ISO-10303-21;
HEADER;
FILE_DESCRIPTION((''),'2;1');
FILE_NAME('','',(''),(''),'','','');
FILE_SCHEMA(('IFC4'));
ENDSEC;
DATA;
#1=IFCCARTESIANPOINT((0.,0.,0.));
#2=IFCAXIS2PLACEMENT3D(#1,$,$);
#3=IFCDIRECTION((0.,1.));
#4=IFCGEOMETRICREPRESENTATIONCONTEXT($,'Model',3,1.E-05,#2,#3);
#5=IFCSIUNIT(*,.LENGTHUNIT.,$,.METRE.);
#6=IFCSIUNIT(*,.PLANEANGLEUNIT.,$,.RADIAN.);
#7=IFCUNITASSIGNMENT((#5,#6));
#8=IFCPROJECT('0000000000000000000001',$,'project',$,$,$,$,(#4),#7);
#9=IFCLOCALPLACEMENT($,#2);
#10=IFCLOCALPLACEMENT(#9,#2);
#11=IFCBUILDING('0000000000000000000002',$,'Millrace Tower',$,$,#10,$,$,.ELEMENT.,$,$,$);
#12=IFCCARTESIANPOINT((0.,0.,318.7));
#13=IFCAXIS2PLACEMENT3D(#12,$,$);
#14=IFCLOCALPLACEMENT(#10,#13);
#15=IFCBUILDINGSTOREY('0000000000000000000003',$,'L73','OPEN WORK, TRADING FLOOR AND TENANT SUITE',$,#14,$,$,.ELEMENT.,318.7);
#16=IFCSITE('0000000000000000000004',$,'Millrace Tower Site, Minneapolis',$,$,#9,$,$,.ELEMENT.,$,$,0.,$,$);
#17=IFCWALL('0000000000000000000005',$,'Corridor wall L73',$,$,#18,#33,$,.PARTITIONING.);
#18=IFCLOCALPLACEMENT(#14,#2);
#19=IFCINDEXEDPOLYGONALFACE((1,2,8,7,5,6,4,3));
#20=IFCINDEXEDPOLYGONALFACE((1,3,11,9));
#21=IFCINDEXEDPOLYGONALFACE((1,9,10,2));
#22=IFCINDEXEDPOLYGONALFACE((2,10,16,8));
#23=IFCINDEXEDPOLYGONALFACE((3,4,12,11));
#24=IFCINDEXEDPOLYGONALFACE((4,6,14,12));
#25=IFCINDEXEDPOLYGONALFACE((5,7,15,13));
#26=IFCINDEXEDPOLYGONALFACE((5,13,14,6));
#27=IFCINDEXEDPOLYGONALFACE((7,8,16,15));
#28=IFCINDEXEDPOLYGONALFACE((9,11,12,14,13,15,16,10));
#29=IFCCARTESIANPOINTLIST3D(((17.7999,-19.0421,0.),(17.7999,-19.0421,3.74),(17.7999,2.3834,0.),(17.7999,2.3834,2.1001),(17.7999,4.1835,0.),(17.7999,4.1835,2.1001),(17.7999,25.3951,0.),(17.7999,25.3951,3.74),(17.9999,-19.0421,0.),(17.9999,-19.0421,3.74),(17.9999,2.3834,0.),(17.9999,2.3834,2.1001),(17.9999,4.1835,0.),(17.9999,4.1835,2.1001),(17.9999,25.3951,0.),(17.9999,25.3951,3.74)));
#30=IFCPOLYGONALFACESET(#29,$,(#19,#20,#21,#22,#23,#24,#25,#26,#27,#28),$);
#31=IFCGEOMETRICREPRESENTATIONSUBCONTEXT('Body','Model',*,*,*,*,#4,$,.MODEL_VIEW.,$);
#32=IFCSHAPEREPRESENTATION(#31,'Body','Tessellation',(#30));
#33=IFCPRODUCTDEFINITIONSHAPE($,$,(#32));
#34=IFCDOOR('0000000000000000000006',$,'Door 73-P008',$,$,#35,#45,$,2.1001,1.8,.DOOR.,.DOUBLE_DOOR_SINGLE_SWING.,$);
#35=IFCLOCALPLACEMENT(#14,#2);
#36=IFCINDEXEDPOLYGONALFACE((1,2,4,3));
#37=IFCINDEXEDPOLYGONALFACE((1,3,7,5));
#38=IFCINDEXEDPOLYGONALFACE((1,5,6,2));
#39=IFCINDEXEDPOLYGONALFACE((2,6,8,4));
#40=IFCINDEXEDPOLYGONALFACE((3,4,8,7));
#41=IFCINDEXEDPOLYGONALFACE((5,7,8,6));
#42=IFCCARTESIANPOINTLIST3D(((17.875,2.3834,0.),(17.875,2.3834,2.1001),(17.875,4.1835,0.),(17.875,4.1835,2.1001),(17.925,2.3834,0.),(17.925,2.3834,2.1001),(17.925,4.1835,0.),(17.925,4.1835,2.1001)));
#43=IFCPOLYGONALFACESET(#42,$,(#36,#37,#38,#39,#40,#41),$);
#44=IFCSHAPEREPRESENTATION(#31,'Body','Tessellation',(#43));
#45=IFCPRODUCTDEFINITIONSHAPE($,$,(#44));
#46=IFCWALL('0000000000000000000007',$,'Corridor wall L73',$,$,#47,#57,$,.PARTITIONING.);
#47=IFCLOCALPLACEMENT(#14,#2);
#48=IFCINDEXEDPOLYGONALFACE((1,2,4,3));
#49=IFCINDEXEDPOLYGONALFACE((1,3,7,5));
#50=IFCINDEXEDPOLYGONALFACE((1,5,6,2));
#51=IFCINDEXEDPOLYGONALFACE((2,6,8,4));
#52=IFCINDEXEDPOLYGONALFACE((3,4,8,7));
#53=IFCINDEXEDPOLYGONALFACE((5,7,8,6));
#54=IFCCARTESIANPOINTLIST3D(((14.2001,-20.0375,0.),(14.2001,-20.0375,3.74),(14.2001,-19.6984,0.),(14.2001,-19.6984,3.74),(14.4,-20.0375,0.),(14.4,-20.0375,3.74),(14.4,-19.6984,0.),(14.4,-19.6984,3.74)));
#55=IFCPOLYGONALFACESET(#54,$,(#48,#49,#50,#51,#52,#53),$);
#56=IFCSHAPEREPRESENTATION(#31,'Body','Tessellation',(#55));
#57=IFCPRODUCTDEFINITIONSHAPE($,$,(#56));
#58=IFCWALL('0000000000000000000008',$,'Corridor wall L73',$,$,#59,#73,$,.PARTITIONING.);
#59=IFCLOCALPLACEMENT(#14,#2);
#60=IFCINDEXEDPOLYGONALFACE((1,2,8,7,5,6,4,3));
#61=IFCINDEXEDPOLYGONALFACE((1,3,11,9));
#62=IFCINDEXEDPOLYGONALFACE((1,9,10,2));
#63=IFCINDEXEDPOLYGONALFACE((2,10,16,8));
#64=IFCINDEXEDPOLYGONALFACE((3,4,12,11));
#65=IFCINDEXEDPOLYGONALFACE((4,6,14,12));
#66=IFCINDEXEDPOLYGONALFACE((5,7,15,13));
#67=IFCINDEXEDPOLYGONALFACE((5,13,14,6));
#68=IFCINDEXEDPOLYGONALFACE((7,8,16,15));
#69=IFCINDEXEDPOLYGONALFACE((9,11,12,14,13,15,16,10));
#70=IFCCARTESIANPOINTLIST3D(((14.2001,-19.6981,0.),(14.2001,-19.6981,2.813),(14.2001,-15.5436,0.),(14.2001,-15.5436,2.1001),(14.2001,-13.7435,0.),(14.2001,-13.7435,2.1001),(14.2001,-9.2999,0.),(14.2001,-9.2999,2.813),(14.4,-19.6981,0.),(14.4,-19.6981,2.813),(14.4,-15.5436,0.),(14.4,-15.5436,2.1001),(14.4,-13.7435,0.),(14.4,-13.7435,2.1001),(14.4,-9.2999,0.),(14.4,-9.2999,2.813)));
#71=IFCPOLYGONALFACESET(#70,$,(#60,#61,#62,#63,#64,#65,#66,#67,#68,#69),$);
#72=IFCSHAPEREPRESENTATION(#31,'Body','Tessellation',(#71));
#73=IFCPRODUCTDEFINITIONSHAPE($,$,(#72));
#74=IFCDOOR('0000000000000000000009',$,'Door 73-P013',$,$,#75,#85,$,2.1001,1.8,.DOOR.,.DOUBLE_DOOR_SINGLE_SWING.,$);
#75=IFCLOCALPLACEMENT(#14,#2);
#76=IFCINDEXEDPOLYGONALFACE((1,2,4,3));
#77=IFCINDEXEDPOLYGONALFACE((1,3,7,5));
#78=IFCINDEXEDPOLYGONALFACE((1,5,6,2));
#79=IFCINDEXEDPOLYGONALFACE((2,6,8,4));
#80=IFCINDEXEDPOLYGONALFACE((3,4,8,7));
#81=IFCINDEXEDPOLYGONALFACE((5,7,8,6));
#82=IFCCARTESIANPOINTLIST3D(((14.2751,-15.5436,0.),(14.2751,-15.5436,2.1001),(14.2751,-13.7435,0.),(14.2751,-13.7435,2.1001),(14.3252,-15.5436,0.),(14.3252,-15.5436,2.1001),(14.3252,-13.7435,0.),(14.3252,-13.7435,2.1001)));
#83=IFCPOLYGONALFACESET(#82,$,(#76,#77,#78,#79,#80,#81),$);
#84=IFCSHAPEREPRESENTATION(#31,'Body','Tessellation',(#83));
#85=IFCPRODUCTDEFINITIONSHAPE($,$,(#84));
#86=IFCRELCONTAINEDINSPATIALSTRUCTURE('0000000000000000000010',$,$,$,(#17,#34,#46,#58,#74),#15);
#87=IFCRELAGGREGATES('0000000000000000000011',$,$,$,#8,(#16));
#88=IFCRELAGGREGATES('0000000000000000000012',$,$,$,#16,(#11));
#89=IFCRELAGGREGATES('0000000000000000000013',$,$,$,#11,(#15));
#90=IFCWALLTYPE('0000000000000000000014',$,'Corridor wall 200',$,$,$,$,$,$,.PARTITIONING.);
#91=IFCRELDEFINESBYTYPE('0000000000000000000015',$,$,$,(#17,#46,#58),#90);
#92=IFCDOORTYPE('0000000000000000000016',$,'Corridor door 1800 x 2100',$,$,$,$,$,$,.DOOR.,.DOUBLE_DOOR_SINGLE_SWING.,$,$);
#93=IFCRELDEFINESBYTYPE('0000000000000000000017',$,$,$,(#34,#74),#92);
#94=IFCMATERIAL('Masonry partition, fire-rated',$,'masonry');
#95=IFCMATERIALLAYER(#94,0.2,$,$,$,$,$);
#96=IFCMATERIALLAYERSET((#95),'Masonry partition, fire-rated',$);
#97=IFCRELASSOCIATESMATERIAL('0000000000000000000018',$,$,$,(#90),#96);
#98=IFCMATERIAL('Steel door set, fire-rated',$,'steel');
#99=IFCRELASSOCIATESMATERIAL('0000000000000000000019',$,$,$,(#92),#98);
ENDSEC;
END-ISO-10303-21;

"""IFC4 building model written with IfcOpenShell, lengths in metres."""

from ifc_helpers import new_model, si_unit, direction, frame, frame_2d, origin, place, context, subcontext, project, spatial, rectangle, extrude, material, layer, layer_set, type_object, element, fill, save


model = new_model("IFC4")

# Units and contexts
model_context = context("Model", 3, precision=1e-05, world=origin(), true_north=direction((0.0, 1.0)))
body_context = subcontext(model_context, "Body", "Model", "MODEL_VIEW")
ifc_project = project(units=[si_unit("LENGTHUNIT", "METRE"), si_unit("PLANEANGLEUNIT", "RADIAN")], contexts=[model_context])

# Site, building, storey
site_placement = place(None, origin())
site = spatial("IfcSite", under=ifc_project, at=site_placement, Name="Millrace Tower Site, Minneapolis", CompositionType="ELEMENT", RefElevation=0.0)
building_placement = place(site_placement, origin())
building = spatial("IfcBuilding", under=site, at=building_placement, Name="Millrace Tower", CompositionType="ELEMENT")
storey_placement = place(building_placement, frame((0.0, 0.0, 318.7)))
storey = spatial("IfcBuildingStorey", under=building, at=storey_placement, Name="L73", Description="OPEN WORK, TRADING FLOOR AND TENANT SUITE", CompositionType="ELEMENT", Elevation=318.7)

# Wall, opening, door
ifc_material_1 = material(Name="Masonry partition, fire-rated", Category="masonry")
ifc_layer_1 = layer(ifc_material_1, 0.2)
ifc_layer_set_1 = layer_set([ifc_layer_1], Name="Masonry partition, fire-rated")
wall_type = type_object("IfcWallType", Name="Corridor wall 200", PredefinedType="PARTITIONING", material=ifc_layer_set_1)
wall_1_placement = place(storey_placement, frame((17.8999, -19.0422, 0.0), z_axis=(0.0, 0.0, 1.0), x_axis=(0.0, 1.0, 0.0)))
wall_1 = element("IfcWall", 1, at=wall_1_placement, inside=storey, type_object=wall_type, Name="Corridor wall L73", PredefinedType="PARTITIONING", context=body_context, shape_type="SweptSolid", body=[
    extrude(rectangle(XDim=44.4373, YDim=0.2, at=frame_2d((22.2188, 0.0))), origin(), (0.0, 0.0, 1.0), 3.74),
])
opening_1_placement = place(wall_1_placement, frame((21.4258, 0.0, 0.0)))
opening_1 = element("IfcOpeningElement", 2, at=opening_1_placement, cuts=wall_1, PredefinedType="OPENING", context=body_context, shape_type="SweptSolid", body=[
    extrude(rectangle(XDim=1.8, YDim=2.1001, at=frame_2d((0.8999, 1.05))), frame((0.0, 0.1099, 0.0), z_axis=(0.0, -1.0, 0.0), x_axis=(1.0, 0.0, 0.0)), (0.0, 0.0, 1.0), 0.22),
])
ifc_material_2 = material(Name="Steel door set, fire-rated", Category="steel")
door_type = type_object("IfcDoorType", Name="Corridor door 1800 x 2100", OperationType="DOUBLE_DOOR_SINGLE_SWING", PredefinedType="DOOR", material=ifc_material_2)
door_1_placement = place(opening_1_placement, origin())
door_1 = element("IfcDoor", 3, at=door_1_placement, inside=storey, type_object=door_type, Name="Door 73-P008", OperationType="DOUBLE_DOOR_SINGLE_SWING", OverallHeight=2.1001, OverallWidth=1.8, PredefinedType="DOOR", context=body_context, shape_type="SweptSolid", body=[
    extrude(rectangle(XDim=1.8, YDim=2.1001, at=frame_2d((0.8999, 1.05))), frame((0.0, 0.0249, 0.0), z_axis=(0.0, -1.0, 0.0), x_axis=(1.0, 0.0, 0.0)), (0.0, 0.0, 1.0), 0.05),
])
fill(opening_1, door_1)

# Wall
wall_2_placement = place(storey_placement, frame((14.3, -20.0374, 0.0), z_axis=(0.0, 0.0, 1.0), x_axis=(0.0, 1.0, 0.0)))
element("IfcWall", 4, at=wall_2_placement, inside=storey, type_object=wall_type, Name="Corridor wall L73", PredefinedType="PARTITIONING", context=body_context, shape_type="SweptSolid", body=[
    extrude(rectangle(XDim=0.3391, YDim=0.2, at=frame_2d((0.1694, 0.0))), origin(), (0.0, 0.0, 1.0), 3.74),
])

# Wall, opening, door
wall_3_placement = place(storey_placement, frame((14.3, -19.6982, 0.0), z_axis=(0.0, 0.0, 1.0), x_axis=(0.0, 1.0, 0.0)))
wall_3 = element("IfcWall", 5, at=wall_3_placement, inside=storey, type_object=wall_type, Name="Corridor wall L73", PredefinedType="PARTITIONING", context=body_context, shape_type="SweptSolid", body=[
    extrude(rectangle(XDim=10.3982, YDim=0.2, at=frame_2d((5.1992, 0.0))), origin(), (0.0, 0.0, 1.0), 2.813),
])
opening_2_placement = place(wall_3_placement, frame((4.1548, 0.0, 0.0)))
opening_2 = element("IfcOpeningElement", 6, at=opening_2_placement, cuts=wall_3, PredefinedType="OPENING", context=body_context, shape_type="SweptSolid", body=[
    extrude(rectangle(XDim=1.8, YDim=2.1001, at=frame_2d((0.8999, 1.05))), frame((0.0, 0.1099, 0.0), z_axis=(0.0, -1.0, 0.0), x_axis=(1.0, 0.0, 0.0)), (0.0, 0.0, 1.0), 0.22),
])
door_2_placement = place(opening_2_placement, origin())
door_2 = element("IfcDoor", 7, at=door_2_placement, inside=storey, type_object=door_type, Name="Door 73-P013", OperationType="DOUBLE_DOOR_SINGLE_SWING", OverallHeight=2.1001, OverallWidth=1.8, PredefinedType="DOOR", context=body_context, shape_type="SweptSolid", body=[
    extrude(rectangle(XDim=1.8, YDim=2.1001, at=frame_2d((0.8999, 1.05))), frame((0.0, 0.0249, 0.0), z_axis=(0.0, -1.0, 0.0), x_axis=(1.0, 0.0, 0.0)), (0.0, 0.0, 1.0), 0.05),
])
fill(opening_2, door_2)

save(model, "model.ifc")
